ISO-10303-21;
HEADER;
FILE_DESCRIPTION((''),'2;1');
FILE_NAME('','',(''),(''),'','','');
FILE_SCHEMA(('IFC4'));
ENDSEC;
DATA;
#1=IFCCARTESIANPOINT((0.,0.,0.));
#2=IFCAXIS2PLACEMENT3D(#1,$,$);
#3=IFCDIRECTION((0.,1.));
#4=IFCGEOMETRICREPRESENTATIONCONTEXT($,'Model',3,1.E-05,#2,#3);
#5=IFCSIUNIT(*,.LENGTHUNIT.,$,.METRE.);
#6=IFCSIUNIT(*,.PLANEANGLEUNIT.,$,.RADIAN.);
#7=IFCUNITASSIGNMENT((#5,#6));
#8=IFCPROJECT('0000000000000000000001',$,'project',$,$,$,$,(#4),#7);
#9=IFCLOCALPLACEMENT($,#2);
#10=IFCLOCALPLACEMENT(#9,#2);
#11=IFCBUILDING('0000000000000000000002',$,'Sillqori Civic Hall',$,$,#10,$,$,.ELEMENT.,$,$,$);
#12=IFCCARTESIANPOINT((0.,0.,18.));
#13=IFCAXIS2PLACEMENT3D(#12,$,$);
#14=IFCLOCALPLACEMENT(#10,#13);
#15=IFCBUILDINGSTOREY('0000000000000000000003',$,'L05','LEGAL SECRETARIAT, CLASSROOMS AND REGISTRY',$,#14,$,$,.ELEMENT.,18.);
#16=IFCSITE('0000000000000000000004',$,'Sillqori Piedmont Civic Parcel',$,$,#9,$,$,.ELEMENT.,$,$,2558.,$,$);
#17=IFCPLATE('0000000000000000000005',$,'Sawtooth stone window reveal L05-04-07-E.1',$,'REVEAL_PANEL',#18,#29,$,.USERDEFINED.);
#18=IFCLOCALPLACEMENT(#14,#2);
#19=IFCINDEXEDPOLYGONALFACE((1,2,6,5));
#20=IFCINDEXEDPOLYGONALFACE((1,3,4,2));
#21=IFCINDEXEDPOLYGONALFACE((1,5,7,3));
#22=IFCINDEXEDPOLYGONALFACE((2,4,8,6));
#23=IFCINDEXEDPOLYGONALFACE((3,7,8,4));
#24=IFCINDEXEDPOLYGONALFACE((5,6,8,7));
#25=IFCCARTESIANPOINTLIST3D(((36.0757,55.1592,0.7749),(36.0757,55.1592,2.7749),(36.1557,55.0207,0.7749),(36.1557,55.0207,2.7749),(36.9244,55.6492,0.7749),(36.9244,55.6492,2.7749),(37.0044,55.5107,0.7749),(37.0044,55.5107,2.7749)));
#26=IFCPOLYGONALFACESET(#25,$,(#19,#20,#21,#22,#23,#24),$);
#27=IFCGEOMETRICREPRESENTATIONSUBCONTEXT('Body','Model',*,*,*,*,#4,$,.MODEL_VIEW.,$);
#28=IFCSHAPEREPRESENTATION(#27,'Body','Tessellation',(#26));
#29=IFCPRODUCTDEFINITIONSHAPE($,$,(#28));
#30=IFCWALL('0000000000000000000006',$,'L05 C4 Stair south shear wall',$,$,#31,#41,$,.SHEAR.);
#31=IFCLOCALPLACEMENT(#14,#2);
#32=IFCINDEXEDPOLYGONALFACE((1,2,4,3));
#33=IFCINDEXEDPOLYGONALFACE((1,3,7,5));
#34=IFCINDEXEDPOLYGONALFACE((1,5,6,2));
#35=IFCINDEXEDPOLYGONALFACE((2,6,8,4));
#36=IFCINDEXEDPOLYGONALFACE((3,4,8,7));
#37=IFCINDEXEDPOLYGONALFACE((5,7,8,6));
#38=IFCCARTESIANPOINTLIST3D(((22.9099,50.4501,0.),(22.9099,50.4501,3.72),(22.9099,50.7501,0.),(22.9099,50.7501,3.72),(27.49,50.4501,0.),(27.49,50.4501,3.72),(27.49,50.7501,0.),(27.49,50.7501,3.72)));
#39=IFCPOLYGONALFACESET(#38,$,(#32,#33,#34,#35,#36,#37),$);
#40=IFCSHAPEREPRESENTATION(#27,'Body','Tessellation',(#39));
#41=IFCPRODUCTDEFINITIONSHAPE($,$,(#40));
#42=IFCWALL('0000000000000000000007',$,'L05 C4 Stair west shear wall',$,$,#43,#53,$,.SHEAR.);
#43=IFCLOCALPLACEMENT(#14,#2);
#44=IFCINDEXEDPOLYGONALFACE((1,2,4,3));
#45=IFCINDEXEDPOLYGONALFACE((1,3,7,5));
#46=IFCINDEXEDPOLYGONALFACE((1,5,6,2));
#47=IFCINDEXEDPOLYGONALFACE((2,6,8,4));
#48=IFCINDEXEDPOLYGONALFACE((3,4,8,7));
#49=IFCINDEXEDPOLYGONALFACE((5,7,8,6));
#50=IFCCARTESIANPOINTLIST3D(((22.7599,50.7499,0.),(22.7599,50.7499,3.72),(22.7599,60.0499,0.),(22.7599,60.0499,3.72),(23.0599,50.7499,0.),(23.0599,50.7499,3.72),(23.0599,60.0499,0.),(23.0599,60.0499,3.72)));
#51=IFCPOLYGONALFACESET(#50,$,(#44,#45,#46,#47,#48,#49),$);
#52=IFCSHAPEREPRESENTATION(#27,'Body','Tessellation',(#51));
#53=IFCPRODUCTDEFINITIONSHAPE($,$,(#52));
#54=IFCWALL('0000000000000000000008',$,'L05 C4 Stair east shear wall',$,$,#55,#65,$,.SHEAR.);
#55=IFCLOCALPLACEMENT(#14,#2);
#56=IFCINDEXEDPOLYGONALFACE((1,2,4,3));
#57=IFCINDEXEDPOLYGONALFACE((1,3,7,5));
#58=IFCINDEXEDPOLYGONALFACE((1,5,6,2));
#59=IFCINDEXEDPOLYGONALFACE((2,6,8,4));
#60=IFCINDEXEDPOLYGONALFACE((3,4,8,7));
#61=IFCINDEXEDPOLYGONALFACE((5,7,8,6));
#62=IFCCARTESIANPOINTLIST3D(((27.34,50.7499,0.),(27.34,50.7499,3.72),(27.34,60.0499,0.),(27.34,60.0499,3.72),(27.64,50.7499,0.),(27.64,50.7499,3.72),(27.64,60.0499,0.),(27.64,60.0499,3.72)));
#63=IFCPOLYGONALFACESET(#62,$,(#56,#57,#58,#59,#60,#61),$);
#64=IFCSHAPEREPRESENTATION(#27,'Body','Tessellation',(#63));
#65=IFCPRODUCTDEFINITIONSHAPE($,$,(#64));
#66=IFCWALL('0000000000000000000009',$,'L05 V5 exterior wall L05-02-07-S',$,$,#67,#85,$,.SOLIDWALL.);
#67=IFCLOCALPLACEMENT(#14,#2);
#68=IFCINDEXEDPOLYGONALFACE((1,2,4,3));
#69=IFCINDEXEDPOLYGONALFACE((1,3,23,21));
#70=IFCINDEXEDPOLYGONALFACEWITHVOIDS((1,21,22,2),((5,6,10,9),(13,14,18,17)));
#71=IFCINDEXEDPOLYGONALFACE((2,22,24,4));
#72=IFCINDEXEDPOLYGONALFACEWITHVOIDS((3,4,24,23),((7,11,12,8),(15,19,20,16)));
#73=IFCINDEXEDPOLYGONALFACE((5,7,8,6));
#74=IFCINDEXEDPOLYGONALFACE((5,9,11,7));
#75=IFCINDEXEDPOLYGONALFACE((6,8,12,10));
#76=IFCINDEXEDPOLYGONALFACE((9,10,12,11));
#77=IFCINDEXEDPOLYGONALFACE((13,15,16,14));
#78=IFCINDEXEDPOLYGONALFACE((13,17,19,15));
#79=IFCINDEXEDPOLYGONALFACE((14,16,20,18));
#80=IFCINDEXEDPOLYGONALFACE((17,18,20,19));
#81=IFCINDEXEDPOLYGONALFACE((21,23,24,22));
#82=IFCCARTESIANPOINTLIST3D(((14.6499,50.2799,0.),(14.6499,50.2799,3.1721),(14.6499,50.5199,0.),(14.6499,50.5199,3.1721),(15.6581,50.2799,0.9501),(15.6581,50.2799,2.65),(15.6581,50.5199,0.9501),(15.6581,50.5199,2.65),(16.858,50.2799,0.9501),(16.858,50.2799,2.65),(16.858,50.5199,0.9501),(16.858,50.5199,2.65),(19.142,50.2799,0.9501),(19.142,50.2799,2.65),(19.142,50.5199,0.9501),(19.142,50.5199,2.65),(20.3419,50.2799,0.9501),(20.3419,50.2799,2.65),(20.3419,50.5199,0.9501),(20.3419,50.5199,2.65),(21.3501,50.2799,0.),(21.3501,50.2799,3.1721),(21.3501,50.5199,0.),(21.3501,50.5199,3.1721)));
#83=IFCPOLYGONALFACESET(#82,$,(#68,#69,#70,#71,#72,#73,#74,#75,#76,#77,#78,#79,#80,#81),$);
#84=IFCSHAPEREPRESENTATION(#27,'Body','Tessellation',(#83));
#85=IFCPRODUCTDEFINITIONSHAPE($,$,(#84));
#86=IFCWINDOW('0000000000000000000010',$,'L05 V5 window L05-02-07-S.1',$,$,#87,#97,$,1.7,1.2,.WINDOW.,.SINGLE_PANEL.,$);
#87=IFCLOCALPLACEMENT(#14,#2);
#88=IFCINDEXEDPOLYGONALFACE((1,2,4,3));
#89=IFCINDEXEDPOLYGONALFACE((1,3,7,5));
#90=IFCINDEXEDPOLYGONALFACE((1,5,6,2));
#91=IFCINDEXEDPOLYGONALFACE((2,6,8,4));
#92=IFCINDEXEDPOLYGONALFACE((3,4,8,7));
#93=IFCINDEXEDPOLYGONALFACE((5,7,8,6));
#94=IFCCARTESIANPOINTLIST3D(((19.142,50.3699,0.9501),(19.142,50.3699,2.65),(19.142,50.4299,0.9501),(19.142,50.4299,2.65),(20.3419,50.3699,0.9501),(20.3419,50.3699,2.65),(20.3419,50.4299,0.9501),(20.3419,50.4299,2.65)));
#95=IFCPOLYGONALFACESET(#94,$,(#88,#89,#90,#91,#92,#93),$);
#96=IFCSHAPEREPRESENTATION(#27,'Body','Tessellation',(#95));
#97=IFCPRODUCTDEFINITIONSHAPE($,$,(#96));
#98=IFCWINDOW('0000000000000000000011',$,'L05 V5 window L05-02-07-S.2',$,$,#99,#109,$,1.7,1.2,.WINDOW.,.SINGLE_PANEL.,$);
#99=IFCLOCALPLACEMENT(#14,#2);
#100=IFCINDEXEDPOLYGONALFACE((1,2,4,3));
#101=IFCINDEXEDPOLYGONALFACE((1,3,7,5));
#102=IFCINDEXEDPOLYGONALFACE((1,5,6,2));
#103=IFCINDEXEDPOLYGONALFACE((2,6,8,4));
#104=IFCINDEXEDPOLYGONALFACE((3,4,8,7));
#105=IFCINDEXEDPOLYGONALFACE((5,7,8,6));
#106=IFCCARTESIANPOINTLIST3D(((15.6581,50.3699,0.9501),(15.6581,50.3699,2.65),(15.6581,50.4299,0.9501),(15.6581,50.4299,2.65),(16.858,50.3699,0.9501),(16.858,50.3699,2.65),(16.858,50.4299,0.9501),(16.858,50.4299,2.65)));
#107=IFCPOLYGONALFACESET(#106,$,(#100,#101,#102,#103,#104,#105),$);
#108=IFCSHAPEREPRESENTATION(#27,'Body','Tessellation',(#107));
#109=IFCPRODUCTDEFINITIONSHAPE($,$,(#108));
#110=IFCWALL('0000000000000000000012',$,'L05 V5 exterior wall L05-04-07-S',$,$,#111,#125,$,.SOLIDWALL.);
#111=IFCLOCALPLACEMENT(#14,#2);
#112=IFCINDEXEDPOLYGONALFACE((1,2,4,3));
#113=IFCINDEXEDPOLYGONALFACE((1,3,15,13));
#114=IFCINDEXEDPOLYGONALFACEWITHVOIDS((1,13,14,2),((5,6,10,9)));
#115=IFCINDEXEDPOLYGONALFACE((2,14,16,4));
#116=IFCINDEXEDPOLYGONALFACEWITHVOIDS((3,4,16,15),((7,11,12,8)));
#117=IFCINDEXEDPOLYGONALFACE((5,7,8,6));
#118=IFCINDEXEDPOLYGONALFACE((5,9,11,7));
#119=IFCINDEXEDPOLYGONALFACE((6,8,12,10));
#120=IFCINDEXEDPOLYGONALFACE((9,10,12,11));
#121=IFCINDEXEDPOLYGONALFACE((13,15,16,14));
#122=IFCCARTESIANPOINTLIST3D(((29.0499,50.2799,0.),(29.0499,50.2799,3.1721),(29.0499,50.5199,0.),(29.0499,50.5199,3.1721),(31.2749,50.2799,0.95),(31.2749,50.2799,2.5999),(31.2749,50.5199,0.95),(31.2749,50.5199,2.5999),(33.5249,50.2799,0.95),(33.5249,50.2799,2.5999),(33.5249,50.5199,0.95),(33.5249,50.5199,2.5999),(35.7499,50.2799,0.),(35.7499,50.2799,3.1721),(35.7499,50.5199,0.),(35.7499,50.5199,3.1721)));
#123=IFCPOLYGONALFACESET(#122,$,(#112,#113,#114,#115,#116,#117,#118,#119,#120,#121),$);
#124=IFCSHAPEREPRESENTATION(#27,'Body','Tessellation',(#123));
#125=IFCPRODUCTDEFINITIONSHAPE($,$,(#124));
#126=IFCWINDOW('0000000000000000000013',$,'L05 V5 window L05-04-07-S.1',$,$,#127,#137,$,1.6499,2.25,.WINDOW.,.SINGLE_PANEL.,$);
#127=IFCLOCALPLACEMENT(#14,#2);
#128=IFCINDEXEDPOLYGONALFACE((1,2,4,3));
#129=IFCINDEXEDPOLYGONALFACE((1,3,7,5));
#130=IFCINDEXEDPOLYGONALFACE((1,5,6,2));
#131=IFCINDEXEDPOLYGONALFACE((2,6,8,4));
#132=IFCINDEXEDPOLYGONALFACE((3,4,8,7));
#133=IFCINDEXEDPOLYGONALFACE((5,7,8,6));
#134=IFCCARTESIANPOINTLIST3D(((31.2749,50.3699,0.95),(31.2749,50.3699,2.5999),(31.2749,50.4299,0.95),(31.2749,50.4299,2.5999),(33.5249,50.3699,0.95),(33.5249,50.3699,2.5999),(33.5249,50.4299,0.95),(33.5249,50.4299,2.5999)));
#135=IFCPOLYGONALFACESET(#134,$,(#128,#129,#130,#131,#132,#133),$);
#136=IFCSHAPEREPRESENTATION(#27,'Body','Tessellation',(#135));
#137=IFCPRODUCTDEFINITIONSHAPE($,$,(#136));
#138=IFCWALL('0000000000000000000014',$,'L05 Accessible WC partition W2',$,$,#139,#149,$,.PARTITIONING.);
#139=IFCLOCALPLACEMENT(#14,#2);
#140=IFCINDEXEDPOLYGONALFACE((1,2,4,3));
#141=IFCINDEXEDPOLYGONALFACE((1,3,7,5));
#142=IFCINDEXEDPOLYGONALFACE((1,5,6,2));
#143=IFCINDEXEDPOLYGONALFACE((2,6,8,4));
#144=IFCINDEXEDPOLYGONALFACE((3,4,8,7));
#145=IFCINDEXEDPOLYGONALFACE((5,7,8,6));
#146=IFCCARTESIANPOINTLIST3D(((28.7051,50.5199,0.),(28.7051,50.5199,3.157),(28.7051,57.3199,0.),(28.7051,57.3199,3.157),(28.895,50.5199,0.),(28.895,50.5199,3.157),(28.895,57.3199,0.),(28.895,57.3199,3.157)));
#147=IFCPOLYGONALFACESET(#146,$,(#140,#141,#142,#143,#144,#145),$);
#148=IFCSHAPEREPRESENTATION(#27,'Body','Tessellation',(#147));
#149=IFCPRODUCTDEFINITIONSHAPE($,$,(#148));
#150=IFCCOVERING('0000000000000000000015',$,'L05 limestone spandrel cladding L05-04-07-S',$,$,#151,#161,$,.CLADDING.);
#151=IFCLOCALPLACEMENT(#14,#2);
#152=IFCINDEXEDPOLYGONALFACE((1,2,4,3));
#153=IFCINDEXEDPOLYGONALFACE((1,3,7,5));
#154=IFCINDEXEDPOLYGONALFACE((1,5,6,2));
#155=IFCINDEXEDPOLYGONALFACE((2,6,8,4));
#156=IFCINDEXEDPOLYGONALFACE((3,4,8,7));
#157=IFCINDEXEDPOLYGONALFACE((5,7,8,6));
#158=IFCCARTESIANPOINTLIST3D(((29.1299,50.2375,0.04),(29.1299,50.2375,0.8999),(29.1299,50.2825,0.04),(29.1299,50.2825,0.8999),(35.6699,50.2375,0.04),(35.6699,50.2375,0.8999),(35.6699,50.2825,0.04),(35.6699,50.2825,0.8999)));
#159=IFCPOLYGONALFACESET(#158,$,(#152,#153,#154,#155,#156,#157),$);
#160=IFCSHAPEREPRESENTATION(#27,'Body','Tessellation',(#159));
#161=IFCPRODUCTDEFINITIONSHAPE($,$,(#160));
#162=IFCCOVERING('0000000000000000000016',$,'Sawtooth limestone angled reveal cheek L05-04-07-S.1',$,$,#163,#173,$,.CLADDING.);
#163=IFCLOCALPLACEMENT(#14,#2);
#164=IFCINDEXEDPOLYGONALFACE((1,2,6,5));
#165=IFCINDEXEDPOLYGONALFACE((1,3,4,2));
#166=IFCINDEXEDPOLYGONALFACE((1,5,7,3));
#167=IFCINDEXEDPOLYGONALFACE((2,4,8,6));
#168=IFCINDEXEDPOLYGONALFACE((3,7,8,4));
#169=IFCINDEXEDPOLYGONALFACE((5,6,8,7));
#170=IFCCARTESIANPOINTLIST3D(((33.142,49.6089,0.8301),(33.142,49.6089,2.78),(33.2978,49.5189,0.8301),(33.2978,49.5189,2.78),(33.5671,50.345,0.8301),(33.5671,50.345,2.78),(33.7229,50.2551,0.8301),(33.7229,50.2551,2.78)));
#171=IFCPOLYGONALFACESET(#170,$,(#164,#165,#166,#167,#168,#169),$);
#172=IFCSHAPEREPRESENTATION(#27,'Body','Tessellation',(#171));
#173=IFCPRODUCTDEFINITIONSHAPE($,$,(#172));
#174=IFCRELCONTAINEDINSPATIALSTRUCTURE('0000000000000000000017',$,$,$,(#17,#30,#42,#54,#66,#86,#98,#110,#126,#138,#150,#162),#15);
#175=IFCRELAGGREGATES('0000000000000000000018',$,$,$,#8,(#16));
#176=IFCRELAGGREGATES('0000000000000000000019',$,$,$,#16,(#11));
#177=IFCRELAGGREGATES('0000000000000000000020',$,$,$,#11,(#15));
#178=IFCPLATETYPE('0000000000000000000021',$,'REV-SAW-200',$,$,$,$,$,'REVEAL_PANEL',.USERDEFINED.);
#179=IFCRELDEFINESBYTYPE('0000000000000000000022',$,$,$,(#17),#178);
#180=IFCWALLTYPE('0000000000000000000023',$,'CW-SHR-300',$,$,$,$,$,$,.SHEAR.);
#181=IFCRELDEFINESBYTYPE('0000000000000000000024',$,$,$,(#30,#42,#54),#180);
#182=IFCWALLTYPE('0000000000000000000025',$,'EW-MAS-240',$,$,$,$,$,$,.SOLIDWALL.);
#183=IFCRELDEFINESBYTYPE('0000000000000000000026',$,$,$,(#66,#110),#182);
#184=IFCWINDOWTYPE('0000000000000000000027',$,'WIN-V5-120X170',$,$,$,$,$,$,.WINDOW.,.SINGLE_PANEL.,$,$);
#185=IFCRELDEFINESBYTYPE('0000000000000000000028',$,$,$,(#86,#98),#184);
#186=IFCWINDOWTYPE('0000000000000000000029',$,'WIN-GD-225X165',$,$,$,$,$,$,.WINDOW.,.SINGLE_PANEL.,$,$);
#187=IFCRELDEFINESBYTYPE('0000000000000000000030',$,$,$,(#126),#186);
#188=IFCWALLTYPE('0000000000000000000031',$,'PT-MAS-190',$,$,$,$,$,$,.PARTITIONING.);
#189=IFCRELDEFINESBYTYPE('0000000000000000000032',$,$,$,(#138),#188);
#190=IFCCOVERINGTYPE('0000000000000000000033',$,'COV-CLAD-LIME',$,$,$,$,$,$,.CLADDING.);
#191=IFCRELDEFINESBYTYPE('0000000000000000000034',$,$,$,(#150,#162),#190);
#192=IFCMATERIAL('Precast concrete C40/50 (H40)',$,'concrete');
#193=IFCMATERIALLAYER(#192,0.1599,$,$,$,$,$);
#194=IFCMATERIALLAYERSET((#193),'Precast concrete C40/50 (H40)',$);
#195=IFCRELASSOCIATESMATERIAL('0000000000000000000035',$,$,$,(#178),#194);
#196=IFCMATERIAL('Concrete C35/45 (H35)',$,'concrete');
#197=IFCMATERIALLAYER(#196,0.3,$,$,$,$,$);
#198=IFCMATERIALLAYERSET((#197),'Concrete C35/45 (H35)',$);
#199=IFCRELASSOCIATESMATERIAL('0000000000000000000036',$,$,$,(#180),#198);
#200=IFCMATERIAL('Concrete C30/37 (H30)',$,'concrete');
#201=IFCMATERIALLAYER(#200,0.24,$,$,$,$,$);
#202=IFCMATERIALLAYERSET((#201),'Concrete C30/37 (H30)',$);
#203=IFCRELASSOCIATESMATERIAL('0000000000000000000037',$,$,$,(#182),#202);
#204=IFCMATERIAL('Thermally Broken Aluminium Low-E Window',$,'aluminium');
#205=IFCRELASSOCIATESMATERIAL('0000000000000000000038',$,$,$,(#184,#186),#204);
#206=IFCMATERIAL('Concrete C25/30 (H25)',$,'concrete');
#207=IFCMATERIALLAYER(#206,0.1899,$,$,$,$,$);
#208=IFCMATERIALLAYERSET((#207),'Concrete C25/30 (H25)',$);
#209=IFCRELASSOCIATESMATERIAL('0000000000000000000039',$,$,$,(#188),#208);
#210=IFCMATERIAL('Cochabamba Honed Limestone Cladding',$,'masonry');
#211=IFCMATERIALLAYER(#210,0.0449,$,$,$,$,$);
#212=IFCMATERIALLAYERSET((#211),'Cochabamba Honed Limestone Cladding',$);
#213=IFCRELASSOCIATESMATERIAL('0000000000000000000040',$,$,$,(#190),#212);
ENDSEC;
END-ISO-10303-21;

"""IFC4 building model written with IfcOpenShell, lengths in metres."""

from ifc_helpers import new_model, si_unit, direction, frame, frame_2d, origin, origin_2d, place, context, subcontext, project, spatial, rectangle, extrude, material, layer, layer_set, type_object, element, fill, save


model = new_model("IFC4")

# Units and contexts
model_context = context("Model", 3, precision=1e-05, world=origin(), true_north=direction((0.0, 1.0)))
body_context = subcontext(model_context, "Body", "Model", "MODEL_VIEW")
ifc_project = project(units=[si_unit("LENGTHUNIT", "METRE"), si_unit("PLANEANGLEUNIT", "RADIAN")], contexts=[model_context])

# Site, building, storey
site_placement = place(None, origin())
site = spatial("IfcSite", under=ifc_project, at=site_placement, Name="Sillqori Piedmont Civic Parcel", CompositionType="ELEMENT", RefElevation=2558.0)
building_placement = place(site_placement, origin())
building = spatial("IfcBuilding", under=site, at=building_placement, Name="Sillqori Civic Hall", CompositionType="ELEMENT")
storey_placement = place(building_placement, frame((0.0, 0.0, 18.0)))
storey = spatial("IfcBuildingStorey", under=building, at=storey_placement, Name="L05", Description="LEGAL SECRETARIAT, CLASSROOMS AND REGISTRY", CompositionType="ELEMENT", Elevation=18.0)

# Shared definitions
ifc_material_1 = material(Name="Concrete C35/45 (H35)", Category="concrete")

# Plate
ifc_material_2 = material(Name="Precast concrete C40/50 (H40)", Category="concrete")
ifc_layer_1 = layer(ifc_material_2, 0.1599)
ifc_layer_set_1 = layer_set([ifc_layer_1], Name="Precast concrete C40/50 (H40)")
plate_type = type_object("IfcPlateType", Name="REV-SAW-200", ElementType="REVEAL_PANEL", PredefinedType="USERDEFINED", material=ifc_layer_set_1)
plate_placement = place(storey_placement, frame((36.54, 55.335, 0.7749), z_axis=(0.0, 0.0, 1.0), x_axis=(0.5, -0.866025, 0.0)))
element("IfcPlate", 1, at=plate_placement, inside=storey, type_object=plate_type, Name="Sawtooth stone window reveal L05-04-07-E.1", ObjectType="REVEAL_PANEL", PredefinedType="USERDEFINED", context=body_context, shape_type="SweptSolid", body=[
    extrude(rectangle(XDim=0.1599, YDim=0.98, at=origin_2d()), origin(), (0.0, 0.0, 1.0), 2.0),
])

# Walls
ifc_layer_2 = layer(ifc_material_1, 0.3)
ifc_layer_set_2 = layer_set([ifc_layer_2], Name="Concrete C35/45 (H35)")
wall_type_1 = type_object("IfcWallType", Name="CW-SHR-300", PredefinedType="SHEAR", material=ifc_layer_set_2)
wall_1_placement = place(storey_placement, frame((22.9099, 50.6001, 0.0), z_axis=(0.0, 0.0, 1.0), x_axis=(1.0, 0.0, 0.0)))
element("IfcWall", 2, at=wall_1_placement, inside=storey, type_object=wall_type_1, Name="L05 C4 Stair south shear wall", PredefinedType="SHEAR", context=body_context, shape_type="SweptSolid", body=[
    extrude(rectangle(XDim=4.5801, YDim=0.3, at=frame_2d((2.29, 0.0))), origin(), (0.0, 0.0, 1.0), 3.72),
])
for number, where, z_axis, x_axis, name in (
    (3, (22.9099, 50.75, 0.0), (0.0, 0.0, 1.0), (0.0, 1.0, 0.0), "L05 C4 Stair west shear wall"),
    (4, (27.49, 50.75, 0.0), (0.0, 0.0, 1.0), (0.0, 1.0, 0.0), "L05 C4 Stair east shear wall"),
):
    element("IfcWall", number, at=place(storey_placement, frame(where, z_axis=z_axis, x_axis=x_axis)), inside=storey, type_object=wall_type_1, Name=name, PredefinedType="SHEAR", context=body_context, shape_type="SweptSolid", body=[
        extrude(rectangle(XDim=9.3, YDim=0.3, at=frame_2d((4.6499, 0.0))), origin(), (0.0, 0.0, 1.0), 3.72),
    ])

# Wall, openings, windows
ifc_material_3 = material(Name="Concrete C30/37 (H30)", Category="concrete")
ifc_layer_3 = layer(ifc_material_3, 0.24)
ifc_layer_set_3 = layer_set([ifc_layer_3], Name="Concrete C30/37 (H30)")
wall_type_2 = type_object("IfcWallType", Name="EW-MAS-240", PredefinedType="SOLIDWALL", material=ifc_layer_set_3)
wall_2_placement = place(storey_placement, frame((21.3501, 50.3999, 0.0), z_axis=(0.0, 0.0, 1.0), x_axis=(-1.0, 0.0, 0.0)))
wall_2 = element("IfcWall", 5, at=wall_2_placement, inside=storey, type_object=wall_type_2, Name="L05 V5 exterior wall L05-02-07-S", PredefinedType="SOLIDWALL", context=body_context, shape_type="SweptSolid", body=[
    extrude(rectangle(XDim=6.7002, YDim=0.24, at=frame_2d((3.3501, 0.0))), origin(), (0.0, 0.0, 1.0), 3.1721),
])
opening_1_placement = place(wall_2_placement, frame((1.0081, 0.0, 0.95)))
opening_1 = element("IfcOpeningElement", 6, at=opening_1_placement, cuts=wall_2, PredefinedType="OPENING", context=body_context, shape_type="SweptSolid", body=[
    extrude(rectangle(XDim=1.2, YDim=1.7, at=frame_2d((0.6001, 0.8501))), frame((0.0, 0.1299, 0.0), z_axis=(0.0, -1.0, 0.0), x_axis=(1.0, 0.0, 0.0)), (0.0, 0.0, 1.0), 0.26),
])
opening_2_placement = place(wall_2_placement, frame((4.4919, 0.0, 0.95)))
opening_2 = element("IfcOpeningElement", 7, at=opening_2_placement, cuts=wall_2, PredefinedType="OPENING", context=body_context, shape_type="SweptSolid", body=[
    extrude(rectangle(XDim=1.2, YDim=1.7, at=frame_2d((0.6001, 0.8501))), frame((0.0, 0.1299, 0.0), z_axis=(0.0, -1.0, 0.0), x_axis=(1.0, 0.0, 0.0)), (0.0, 0.0, 1.0), 0.26),
])
ifc_material_4 = material(Name="Thermally Broken Aluminium Low-E Window", Category="aluminium")
window_type_1 = type_object("IfcWindowType", Name="WIN-V5-120X170", PartitioningType="SINGLE_PANEL", PredefinedType="WINDOW", material=ifc_material_4)
window_1_placement = place(opening_1_placement, origin())
window_1 = element("IfcWindow", 8, at=window_1_placement, inside=storey, type_object=window_type_1, Name="L05 V5 window L05-02-07-S.1", OverallHeight=1.7, OverallWidth=1.2, PartitioningType="SINGLE_PANEL", PredefinedType="WINDOW", context=body_context, shape_type="SweptSolid", body=[
    extrude(rectangle(XDim=1.2, YDim=1.7, at=frame_2d((0.6001, 0.8501))), frame((0.0, 0.03, 0.0), z_axis=(0.0, -1.0, 0.0), x_axis=(1.0, 0.0, 0.0)), (0.0, 0.0, 1.0), 0.0601),
])
fill(opening_1, window_1)
window_2_placement = place(opening_2_placement, origin())
window_2 = element("IfcWindow", 9, at=window_2_placement, inside=storey, type_object=window_type_1, Name="L05 V5 window L05-02-07-S.2", OverallHeight=1.7, OverallWidth=1.2, PartitioningType="SINGLE_PANEL", PredefinedType="WINDOW", context=body_context, shape_type="SweptSolid", body=[
    extrude(rectangle(XDim=1.2, YDim=1.7, at=frame_2d((0.6001, 0.8501))), frame((0.0, 0.03, 0.0), z_axis=(0.0, -1.0, 0.0), x_axis=(1.0, 0.0, 0.0)), (0.0, 0.0, 1.0), 0.0601),
])
fill(opening_2, window_2)

# Wall, opening, window
wall_3_placement = place(storey_placement, frame((35.75, 50.3999, 0.0), z_axis=(0.0, 0.0, 1.0), x_axis=(-1.0, 0.0, 0.0)))
wall_3 = element("IfcWall", 10, at=wall_3_placement, inside=storey, type_object=wall_type_2, Name="L05 V5 exterior wall L05-04-07-S", PredefinedType="SOLIDWALL", context=body_context, shape_type="SweptSolid", body=[
    extrude(rectangle(XDim=6.7, YDim=0.24, at=frame_2d((3.3501, 0.0))), origin(), (0.0, 0.0, 1.0), 3.1721),
])
opening_3_placement = place(wall_3_placement, frame((2.2251, 0.0, 0.95)))
opening_3 = element("IfcOpeningElement", 11, at=opening_3_placement, cuts=wall_3, PredefinedType="OPENING", context=body_context, shape_type="SweptSolid", body=[
    extrude(rectangle(XDim=2.25, YDim=1.6499, at=frame_2d((1.125, 0.825))), frame((0.0, 0.1299, 0.0), z_axis=(0.0, -1.0, 0.0), x_axis=(1.0, 0.0, 0.0)), (0.0, 0.0, 1.0), 0.26),
])
window_type_2 = type_object("IfcWindowType", Name="WIN-GD-225X165", PartitioningType="SINGLE_PANEL", PredefinedType="WINDOW", material=ifc_material_4)
window_3_placement = place(opening_3_placement, origin())
window_3 = element("IfcWindow", 12, at=window_3_placement, inside=storey, type_object=window_type_2, Name="L05 V5 window L05-04-07-S.1", OverallHeight=1.6499, OverallWidth=2.25, PartitioningType="SINGLE_PANEL", PredefinedType="WINDOW", context=body_context, shape_type="SweptSolid", body=[
    extrude(rectangle(XDim=2.25, YDim=1.6499, at=frame_2d((1.125, 0.825))), frame((0.0, 0.03, 0.0), z_axis=(0.0, -1.0, 0.0), x_axis=(1.0, 0.0, 0.0)), (0.0, 0.0, 1.0), 0.0601),
])
fill(opening_3, window_3)

# Wall
ifc_material_5 = material(Name="Concrete C25/30 (H25)", Category="concrete")
ifc_layer_4 = layer(ifc_material_5, 0.1899)
ifc_layer_set_4 = layer_set([ifc_layer_4], Name="Concrete C25/30 (H25)")
wall_type_3 = type_object("IfcWallType", Name="PT-MAS-190", PredefinedType="PARTITIONING", material=ifc_layer_set_4)
wall_4_placement = place(storey_placement, frame((28.8, 50.52, 0.0), z_axis=(0.0, 0.0, 1.0), x_axis=(0.0, 1.0, 0.0)))
element("IfcWall", 13, at=wall_4_placement, inside=storey, type_object=wall_type_3, Name="L05 Accessible WC partition W2", PredefinedType="PARTITIONING", context=body_context, shape_type="SweptSolid", body=[
    extrude(rectangle(XDim=6.8, YDim=0.1899, at=frame_2d((3.3999, 0.0))), origin(), (0.0, 0.0, 1.0), 3.157),
])

# Coverings
ifc_material_6 = material(Name="Cochabamba Honed Limestone Cladding", Category="masonry")
ifc_layer_5 = layer(ifc_material_6, 0.0449)
ifc_layer_set_5 = layer_set([ifc_layer_5], Name="Cochabamba Honed Limestone Cladding")
covering_type = type_object("IfcCoveringType", Name="COV-CLAD-LIME", PredefinedType="CLADDING", material=ifc_layer_set_5)
covering_1_placement = place(storey_placement, frame((35.6699, 50.26, 0.04), z_axis=(0.0, 0.0, 1.0), x_axis=(-1.0, 0.0, 0.0)))
element("IfcCovering", 14, at=covering_1_placement, inside=storey, type_object=covering_type, Name="L05 limestone spandrel cladding L05-04-07-S", PredefinedType="CLADDING", context=body_context, shape_type="SweptSolid", body=[
    extrude(rectangle(XDim=6.54, YDim=0.0449, at=frame_2d((3.27, 0.0))), origin(), (0.0, 0.0, 1.0), 0.8599),
])
covering_2_placement = place(storey_placement, frame((33.645, 50.3, 0.8301), z_axis=(0.0, 0.0, 1.0), x_axis=(-0.500062, -0.865989, 0.0)))
element("IfcCovering", 15, at=covering_2_placement, inside=storey, type_object=covering_type, Name="Sawtooth limestone angled reveal cheek L05-04-07-S.1", PredefinedType="CLADDING", context=body_context, shape_type="SweptSolid", body=[
    extrude(rectangle(XDim=0.8501, YDim=0.1799, at=frame_2d((0.425, 0.0))), origin(), (0.0, 0.0, 1.0), 1.95),
])

save(model, "model.ifc")
